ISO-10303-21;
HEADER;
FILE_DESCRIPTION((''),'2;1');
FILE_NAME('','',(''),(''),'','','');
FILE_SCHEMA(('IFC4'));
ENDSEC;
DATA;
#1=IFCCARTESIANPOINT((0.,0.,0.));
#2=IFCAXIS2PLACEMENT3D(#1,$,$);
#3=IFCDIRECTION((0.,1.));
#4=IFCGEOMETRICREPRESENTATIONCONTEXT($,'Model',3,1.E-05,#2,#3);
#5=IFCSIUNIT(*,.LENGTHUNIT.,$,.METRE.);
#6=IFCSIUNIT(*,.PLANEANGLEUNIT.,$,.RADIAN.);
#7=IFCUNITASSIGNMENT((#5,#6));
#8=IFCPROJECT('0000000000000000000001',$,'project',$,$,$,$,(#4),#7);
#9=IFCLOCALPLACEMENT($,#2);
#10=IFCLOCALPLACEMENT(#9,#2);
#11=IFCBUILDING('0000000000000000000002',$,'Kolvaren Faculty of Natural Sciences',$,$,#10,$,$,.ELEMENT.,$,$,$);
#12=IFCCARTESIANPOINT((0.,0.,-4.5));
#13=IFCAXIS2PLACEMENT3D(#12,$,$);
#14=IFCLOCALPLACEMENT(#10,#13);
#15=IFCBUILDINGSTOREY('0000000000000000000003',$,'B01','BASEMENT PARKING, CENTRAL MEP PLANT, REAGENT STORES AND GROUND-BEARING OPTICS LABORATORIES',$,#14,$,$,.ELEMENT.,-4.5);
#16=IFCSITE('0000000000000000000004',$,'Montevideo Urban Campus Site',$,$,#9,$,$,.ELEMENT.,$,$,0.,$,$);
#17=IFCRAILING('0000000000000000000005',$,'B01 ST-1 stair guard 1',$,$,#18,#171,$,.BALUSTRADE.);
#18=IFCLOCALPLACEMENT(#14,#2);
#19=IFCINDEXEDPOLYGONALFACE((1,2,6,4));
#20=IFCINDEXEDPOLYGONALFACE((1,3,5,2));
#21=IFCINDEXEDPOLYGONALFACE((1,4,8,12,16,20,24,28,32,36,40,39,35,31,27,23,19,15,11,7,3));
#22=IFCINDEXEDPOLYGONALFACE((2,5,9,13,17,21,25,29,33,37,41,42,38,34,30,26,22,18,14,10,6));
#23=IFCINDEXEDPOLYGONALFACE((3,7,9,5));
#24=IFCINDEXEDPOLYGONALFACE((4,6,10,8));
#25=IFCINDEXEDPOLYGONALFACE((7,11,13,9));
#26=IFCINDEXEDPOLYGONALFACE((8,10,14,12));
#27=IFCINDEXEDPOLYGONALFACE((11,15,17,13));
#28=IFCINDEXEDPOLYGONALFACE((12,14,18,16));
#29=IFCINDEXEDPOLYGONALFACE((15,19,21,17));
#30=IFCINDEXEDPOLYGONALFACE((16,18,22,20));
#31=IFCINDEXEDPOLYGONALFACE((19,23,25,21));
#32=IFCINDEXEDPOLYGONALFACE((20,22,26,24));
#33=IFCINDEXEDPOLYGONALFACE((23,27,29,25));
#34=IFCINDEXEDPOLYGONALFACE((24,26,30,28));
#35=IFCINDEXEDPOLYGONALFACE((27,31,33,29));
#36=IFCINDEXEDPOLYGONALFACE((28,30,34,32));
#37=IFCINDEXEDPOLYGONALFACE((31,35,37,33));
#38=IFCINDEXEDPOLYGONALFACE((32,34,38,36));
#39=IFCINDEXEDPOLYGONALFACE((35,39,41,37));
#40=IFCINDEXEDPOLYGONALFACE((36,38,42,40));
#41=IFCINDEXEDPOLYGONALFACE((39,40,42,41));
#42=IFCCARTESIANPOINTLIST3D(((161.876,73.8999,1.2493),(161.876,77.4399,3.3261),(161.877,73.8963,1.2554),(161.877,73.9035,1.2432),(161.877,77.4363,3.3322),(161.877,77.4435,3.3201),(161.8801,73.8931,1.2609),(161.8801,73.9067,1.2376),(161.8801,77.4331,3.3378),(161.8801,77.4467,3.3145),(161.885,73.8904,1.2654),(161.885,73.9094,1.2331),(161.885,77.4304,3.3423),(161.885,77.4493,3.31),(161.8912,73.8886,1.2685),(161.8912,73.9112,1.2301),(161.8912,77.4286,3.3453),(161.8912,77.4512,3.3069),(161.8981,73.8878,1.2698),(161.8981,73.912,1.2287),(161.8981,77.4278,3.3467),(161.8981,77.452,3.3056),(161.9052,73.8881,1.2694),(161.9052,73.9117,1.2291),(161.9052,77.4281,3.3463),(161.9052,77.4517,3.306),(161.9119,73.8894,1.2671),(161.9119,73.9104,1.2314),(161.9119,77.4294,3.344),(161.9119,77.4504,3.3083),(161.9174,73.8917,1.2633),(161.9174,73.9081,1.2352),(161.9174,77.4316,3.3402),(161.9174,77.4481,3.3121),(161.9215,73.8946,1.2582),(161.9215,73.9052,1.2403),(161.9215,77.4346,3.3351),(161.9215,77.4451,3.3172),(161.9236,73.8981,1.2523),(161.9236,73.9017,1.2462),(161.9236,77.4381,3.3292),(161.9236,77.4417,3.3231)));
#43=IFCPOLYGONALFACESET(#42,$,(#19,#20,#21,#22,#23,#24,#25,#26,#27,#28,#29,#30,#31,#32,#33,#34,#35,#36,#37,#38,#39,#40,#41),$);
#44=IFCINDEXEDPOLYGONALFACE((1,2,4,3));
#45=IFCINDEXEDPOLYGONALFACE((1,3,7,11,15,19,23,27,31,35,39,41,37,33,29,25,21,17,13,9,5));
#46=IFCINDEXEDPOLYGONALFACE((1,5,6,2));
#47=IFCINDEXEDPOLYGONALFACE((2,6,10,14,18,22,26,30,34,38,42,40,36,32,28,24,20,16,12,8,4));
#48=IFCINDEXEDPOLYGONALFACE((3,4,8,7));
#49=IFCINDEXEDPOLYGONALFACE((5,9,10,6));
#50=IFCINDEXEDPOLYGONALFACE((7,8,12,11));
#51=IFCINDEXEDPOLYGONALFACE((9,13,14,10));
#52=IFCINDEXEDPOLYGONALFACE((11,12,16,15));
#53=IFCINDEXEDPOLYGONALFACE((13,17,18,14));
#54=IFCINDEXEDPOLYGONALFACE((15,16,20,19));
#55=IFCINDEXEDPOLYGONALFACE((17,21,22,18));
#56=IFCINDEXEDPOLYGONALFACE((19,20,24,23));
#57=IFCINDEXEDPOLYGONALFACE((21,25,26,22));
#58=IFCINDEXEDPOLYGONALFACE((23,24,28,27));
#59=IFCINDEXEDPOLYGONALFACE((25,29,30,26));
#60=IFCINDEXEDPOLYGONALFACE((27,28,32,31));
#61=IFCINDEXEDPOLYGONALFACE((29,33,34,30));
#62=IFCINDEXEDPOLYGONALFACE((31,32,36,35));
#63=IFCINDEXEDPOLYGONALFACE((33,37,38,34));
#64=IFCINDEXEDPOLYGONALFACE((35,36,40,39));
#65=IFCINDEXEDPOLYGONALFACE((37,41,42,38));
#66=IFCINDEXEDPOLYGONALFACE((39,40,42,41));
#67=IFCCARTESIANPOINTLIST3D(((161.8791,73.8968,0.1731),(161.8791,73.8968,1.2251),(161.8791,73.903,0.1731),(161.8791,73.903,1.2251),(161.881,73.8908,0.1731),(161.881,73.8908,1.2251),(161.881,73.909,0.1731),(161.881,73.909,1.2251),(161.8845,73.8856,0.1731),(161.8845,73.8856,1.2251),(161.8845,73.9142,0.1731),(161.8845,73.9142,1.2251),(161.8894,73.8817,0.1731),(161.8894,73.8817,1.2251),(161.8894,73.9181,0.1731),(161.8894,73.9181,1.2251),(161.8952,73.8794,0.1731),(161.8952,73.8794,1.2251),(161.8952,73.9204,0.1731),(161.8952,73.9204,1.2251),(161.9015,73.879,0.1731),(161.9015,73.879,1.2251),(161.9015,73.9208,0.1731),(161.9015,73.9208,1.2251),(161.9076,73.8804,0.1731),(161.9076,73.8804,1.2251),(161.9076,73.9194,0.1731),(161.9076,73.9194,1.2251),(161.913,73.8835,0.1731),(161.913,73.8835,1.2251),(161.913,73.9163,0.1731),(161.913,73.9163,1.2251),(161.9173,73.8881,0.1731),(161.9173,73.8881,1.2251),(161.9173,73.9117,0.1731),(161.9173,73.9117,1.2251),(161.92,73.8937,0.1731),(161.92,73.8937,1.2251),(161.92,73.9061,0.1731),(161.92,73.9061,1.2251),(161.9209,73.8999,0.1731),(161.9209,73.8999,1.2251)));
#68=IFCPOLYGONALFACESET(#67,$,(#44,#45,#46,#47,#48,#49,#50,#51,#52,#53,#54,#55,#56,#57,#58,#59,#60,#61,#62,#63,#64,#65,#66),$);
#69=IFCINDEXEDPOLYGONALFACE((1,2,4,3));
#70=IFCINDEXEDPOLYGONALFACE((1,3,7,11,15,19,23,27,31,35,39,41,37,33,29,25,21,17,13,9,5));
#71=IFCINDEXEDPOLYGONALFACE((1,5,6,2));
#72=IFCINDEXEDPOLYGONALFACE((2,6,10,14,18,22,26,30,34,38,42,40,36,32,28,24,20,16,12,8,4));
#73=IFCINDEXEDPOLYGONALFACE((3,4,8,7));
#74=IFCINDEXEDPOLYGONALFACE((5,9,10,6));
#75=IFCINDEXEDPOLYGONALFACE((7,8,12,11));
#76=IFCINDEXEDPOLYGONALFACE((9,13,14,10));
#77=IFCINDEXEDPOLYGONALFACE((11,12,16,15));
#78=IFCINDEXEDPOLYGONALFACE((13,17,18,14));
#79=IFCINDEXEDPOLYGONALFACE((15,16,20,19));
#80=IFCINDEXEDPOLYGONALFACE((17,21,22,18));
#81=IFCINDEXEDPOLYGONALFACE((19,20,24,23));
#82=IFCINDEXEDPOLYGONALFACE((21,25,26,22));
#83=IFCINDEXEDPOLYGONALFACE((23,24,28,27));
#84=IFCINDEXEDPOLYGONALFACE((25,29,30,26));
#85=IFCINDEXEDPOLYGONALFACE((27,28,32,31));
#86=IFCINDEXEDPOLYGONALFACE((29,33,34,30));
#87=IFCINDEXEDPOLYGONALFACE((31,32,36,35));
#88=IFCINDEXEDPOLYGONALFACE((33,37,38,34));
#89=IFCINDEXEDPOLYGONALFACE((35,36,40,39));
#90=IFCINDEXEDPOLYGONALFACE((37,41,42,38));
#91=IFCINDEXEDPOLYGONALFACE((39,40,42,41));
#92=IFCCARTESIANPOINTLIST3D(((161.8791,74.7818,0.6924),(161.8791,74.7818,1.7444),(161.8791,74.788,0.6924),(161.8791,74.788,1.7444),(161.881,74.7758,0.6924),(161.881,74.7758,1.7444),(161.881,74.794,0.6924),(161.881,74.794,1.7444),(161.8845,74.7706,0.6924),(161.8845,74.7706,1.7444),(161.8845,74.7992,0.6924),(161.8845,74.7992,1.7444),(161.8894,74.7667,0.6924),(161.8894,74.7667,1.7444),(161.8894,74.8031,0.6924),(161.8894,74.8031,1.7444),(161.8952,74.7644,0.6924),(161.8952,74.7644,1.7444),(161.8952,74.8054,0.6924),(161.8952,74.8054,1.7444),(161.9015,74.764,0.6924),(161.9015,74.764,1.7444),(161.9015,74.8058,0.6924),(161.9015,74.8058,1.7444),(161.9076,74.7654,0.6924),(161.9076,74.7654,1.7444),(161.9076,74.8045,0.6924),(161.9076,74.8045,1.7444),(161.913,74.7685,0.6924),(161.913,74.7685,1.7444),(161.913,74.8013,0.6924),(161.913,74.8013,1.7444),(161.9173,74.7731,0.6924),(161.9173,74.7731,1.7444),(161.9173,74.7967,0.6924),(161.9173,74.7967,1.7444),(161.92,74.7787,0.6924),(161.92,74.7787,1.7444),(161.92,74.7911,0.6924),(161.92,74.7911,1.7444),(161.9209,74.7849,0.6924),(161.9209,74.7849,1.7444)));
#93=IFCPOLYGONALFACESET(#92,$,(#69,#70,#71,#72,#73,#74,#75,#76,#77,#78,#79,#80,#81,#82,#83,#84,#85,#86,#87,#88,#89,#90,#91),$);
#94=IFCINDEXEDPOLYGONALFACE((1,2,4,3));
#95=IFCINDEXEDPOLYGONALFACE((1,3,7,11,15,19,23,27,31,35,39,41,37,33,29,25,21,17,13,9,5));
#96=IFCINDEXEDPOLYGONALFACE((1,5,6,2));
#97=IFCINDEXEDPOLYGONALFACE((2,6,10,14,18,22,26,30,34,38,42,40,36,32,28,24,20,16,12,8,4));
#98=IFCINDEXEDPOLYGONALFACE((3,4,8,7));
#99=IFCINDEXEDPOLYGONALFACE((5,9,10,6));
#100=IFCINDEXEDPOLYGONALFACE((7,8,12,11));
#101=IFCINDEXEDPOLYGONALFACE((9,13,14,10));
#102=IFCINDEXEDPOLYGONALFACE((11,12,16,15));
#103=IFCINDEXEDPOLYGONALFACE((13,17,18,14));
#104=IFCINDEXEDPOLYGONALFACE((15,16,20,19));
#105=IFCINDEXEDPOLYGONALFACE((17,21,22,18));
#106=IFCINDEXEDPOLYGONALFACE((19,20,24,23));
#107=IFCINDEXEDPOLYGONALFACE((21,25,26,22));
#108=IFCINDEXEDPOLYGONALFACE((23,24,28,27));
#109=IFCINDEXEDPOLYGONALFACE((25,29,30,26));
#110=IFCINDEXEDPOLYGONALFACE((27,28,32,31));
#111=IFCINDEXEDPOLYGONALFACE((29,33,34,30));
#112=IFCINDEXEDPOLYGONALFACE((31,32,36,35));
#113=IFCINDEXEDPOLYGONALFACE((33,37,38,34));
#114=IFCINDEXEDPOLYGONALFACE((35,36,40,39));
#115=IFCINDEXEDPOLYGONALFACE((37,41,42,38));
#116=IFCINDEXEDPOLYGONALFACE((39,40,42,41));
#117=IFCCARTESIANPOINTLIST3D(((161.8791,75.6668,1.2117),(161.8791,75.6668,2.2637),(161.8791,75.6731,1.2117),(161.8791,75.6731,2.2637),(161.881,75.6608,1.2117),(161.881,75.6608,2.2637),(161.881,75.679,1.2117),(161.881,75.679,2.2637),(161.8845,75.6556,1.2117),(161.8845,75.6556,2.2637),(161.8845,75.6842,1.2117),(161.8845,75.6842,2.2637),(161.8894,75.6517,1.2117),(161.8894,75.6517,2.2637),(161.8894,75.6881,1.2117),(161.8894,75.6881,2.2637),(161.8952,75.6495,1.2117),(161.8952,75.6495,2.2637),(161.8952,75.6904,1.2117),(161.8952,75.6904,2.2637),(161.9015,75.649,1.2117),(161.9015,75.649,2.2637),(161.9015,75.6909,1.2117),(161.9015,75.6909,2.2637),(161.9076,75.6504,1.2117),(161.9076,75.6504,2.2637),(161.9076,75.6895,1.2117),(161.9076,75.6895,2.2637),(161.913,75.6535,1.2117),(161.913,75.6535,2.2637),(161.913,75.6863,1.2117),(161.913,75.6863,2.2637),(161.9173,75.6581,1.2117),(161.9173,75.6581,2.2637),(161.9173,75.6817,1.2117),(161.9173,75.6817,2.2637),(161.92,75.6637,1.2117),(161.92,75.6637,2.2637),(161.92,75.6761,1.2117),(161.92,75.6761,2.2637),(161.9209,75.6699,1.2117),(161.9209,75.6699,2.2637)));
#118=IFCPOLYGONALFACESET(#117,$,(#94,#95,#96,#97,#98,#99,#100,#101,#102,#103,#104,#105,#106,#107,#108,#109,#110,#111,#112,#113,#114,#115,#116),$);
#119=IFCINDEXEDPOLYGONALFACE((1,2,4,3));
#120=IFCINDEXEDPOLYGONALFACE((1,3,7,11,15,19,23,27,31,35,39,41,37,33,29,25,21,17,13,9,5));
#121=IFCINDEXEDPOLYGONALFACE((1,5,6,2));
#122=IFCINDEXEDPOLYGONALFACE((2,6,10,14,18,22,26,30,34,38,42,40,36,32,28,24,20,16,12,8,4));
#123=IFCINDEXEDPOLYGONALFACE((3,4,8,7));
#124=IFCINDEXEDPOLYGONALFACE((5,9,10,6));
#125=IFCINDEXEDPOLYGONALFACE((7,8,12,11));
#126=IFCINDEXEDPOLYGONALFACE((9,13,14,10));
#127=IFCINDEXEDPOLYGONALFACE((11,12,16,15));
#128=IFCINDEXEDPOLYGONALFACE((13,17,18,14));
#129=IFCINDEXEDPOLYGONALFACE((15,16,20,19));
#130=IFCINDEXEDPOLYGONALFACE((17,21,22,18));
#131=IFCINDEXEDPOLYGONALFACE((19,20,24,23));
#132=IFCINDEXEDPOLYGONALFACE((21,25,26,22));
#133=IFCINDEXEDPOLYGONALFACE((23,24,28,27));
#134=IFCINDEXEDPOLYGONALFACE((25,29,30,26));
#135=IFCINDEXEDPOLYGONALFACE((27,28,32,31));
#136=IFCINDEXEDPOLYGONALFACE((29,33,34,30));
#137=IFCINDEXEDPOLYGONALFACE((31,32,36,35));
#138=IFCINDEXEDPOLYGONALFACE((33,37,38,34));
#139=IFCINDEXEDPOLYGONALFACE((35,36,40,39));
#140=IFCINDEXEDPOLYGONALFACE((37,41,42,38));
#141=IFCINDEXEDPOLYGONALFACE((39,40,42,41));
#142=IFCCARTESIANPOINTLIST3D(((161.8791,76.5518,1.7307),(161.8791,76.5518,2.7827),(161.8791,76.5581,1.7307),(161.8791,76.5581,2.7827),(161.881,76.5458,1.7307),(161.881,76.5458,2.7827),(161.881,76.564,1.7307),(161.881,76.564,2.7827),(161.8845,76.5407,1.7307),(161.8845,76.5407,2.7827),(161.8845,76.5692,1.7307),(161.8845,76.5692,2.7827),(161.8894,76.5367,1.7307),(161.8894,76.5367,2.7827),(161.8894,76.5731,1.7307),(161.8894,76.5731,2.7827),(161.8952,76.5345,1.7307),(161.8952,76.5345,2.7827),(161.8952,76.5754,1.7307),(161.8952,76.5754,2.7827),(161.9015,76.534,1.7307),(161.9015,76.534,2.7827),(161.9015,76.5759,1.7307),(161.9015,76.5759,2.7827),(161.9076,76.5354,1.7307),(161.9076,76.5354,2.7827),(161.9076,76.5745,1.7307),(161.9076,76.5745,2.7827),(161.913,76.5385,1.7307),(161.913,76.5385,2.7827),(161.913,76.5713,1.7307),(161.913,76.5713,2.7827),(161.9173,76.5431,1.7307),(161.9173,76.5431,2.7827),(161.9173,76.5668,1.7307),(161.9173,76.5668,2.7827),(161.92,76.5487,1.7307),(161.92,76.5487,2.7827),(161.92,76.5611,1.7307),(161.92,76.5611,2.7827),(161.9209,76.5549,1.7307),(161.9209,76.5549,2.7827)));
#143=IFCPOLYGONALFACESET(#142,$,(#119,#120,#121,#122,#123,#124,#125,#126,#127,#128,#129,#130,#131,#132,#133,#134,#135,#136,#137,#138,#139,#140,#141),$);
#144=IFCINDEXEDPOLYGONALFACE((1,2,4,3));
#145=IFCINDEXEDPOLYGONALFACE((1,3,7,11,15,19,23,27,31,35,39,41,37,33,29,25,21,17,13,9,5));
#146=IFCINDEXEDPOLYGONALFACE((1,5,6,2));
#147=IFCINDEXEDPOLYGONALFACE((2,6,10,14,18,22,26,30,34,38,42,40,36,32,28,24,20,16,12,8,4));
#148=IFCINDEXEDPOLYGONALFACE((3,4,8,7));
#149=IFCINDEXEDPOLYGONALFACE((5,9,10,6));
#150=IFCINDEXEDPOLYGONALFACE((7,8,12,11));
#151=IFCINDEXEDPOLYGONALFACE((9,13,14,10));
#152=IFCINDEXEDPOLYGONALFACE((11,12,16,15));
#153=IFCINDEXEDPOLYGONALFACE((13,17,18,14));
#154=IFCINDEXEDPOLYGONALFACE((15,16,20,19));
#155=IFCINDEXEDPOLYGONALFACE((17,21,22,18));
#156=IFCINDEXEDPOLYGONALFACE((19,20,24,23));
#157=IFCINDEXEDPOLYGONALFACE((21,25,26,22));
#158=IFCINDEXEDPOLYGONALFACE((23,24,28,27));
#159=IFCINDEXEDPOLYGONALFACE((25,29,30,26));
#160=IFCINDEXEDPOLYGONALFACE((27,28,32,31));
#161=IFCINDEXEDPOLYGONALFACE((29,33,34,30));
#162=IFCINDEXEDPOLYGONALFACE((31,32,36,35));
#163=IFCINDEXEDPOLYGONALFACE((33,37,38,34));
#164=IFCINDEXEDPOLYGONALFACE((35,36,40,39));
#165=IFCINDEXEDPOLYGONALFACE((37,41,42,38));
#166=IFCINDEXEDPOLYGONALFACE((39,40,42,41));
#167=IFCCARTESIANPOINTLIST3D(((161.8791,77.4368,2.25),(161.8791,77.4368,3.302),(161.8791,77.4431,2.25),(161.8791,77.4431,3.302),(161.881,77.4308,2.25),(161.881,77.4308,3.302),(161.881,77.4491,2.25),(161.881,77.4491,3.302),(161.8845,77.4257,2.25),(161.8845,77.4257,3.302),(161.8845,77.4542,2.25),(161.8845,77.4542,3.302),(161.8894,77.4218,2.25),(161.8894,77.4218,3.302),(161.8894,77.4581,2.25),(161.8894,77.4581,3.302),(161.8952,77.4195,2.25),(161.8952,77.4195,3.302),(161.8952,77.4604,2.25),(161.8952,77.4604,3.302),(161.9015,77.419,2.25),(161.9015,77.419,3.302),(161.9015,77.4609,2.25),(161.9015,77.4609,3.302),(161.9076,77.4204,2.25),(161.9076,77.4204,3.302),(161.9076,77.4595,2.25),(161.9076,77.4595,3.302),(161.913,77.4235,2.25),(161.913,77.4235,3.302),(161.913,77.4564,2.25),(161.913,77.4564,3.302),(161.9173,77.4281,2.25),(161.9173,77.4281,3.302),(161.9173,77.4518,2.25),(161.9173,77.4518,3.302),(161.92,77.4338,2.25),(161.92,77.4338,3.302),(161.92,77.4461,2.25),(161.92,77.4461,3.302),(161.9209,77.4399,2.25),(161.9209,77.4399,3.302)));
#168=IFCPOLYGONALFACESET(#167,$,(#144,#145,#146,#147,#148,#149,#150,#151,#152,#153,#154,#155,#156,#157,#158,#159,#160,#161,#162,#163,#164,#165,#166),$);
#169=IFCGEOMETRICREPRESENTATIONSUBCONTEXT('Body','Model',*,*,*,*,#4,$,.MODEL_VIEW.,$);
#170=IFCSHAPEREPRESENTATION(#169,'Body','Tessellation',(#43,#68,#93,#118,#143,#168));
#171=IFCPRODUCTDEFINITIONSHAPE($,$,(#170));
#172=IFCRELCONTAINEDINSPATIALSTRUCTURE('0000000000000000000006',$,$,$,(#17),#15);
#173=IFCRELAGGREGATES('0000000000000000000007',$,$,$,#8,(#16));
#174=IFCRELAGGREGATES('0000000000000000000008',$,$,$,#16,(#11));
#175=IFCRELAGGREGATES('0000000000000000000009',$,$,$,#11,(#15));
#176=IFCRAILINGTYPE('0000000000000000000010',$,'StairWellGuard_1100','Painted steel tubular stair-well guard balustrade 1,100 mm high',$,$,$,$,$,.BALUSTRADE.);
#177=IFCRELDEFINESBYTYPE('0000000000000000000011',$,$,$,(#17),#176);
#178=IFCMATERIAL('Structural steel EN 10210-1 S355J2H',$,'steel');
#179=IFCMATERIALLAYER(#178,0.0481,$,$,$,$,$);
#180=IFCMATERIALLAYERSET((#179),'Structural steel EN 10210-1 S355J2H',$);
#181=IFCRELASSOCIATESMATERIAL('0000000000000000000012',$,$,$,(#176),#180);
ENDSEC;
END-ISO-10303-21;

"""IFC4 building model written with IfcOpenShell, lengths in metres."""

from ifc_helpers import new_model, si_unit, direction, frame, origin, origin_2d, place, context, subcontext, project, spatial, circle, extrude, material, layer, layer_set, type_object, element, save


model = new_model("IFC4")

# Units and contexts
model_context = context("Model", 3, precision=1e-05, world=origin(), true_north=direction((0.0, 1.0)))
body_context = subcontext(model_context, "Body", "Model", "MODEL_VIEW")
ifc_project = project(units=[si_unit("LENGTHUNIT", "METRE"), si_unit("PLANEANGLEUNIT", "RADIAN")], contexts=[model_context])

# Site, building, storey
site_placement = place(None, origin())
site = spatial("IfcSite", under=ifc_project, at=site_placement, Name="Montevideo Urban Campus Site", CompositionType="ELEMENT", RefElevation=0.0)
building_placement = place(site_placement, origin())
building = spatial("IfcBuilding", under=site, at=building_placement, Name="Kolvaren Faculty of Natural Sciences", CompositionType="ELEMENT")
storey_placement = place(building_placement, frame((0.0, 0.0, -4.5)))
storey = spatial("IfcBuildingStorey", under=building, at=storey_placement, Name="B01", Description="BASEMENT PARKING, CENTRAL MEP PLANT, REAGENT STORES AND GROUND-BEARING OPTICS LABORATORIES", CompositionType="ELEMENT", Elevation=-4.5)

# Railing
ifc_material_1 = material(Name="Structural steel EN 10210-1 S355J2H", Category="steel")
ifc_layer_1 = layer(ifc_material_1, 0.0481)
ifc_layer_set_1 = layer_set([ifc_layer_1], Name="Structural steel EN 10210-1 S355J2H")
railing_type_1 = type_object("IfcRailingType", Name="StairWellGuard_1100", Description="Painted steel tubular stair-well guard balustrade 1,100 mm high", PredefinedType="BALUSTRADE", material=ifc_layer_set_1)
railing_1_placement = place(storey_placement, frame((161.8999, 73.8999, 0.1731)))
element("IfcRailing", 1, at=railing_1_placement, inside=storey, type_object=railing_type_1, Name="B01 ST-1 stair guard 1", PredefinedType="BALUSTRADE", context=body_context, shape_type="SweptSolid", body=[
    extrude(circle(Radius=0.0239, at=origin_2d()), frame((0.0, 0.0, 1.0762), z_axis=(0.0, 0.862516, 0.506029), x_axis=(-1.0, 0.0, 0.0)), (0.0, 0.0, 1.0), 4.1042),
    extrude(circle(Radius=0.021, at=origin_2d()), origin(), (0.0, 0.0, 1.0), 1.052),
    extrude(circle(Radius=0.021, at=origin_2d()), frame((0.0, 0.885, 0.5193)), (0.0, 0.0, 1.0), 1.052),
    extrude(circle(Radius=0.021, at=origin_2d()), frame((0.0, 1.77, 1.0386)), (0.0, 0.0, 1.0), 1.052),
    extrude(circle(Radius=0.021, at=origin_2d()), frame((0.0, 2.655, 1.5576)), (0.0, 0.0, 1.0), 1.052),
    extrude(circle(Radius=0.021, at=origin_2d()), frame((0.0, 3.54, 2.0769)), (0.0, 0.0, 1.0), 1.052),
])

save(model, "model.ifc")
